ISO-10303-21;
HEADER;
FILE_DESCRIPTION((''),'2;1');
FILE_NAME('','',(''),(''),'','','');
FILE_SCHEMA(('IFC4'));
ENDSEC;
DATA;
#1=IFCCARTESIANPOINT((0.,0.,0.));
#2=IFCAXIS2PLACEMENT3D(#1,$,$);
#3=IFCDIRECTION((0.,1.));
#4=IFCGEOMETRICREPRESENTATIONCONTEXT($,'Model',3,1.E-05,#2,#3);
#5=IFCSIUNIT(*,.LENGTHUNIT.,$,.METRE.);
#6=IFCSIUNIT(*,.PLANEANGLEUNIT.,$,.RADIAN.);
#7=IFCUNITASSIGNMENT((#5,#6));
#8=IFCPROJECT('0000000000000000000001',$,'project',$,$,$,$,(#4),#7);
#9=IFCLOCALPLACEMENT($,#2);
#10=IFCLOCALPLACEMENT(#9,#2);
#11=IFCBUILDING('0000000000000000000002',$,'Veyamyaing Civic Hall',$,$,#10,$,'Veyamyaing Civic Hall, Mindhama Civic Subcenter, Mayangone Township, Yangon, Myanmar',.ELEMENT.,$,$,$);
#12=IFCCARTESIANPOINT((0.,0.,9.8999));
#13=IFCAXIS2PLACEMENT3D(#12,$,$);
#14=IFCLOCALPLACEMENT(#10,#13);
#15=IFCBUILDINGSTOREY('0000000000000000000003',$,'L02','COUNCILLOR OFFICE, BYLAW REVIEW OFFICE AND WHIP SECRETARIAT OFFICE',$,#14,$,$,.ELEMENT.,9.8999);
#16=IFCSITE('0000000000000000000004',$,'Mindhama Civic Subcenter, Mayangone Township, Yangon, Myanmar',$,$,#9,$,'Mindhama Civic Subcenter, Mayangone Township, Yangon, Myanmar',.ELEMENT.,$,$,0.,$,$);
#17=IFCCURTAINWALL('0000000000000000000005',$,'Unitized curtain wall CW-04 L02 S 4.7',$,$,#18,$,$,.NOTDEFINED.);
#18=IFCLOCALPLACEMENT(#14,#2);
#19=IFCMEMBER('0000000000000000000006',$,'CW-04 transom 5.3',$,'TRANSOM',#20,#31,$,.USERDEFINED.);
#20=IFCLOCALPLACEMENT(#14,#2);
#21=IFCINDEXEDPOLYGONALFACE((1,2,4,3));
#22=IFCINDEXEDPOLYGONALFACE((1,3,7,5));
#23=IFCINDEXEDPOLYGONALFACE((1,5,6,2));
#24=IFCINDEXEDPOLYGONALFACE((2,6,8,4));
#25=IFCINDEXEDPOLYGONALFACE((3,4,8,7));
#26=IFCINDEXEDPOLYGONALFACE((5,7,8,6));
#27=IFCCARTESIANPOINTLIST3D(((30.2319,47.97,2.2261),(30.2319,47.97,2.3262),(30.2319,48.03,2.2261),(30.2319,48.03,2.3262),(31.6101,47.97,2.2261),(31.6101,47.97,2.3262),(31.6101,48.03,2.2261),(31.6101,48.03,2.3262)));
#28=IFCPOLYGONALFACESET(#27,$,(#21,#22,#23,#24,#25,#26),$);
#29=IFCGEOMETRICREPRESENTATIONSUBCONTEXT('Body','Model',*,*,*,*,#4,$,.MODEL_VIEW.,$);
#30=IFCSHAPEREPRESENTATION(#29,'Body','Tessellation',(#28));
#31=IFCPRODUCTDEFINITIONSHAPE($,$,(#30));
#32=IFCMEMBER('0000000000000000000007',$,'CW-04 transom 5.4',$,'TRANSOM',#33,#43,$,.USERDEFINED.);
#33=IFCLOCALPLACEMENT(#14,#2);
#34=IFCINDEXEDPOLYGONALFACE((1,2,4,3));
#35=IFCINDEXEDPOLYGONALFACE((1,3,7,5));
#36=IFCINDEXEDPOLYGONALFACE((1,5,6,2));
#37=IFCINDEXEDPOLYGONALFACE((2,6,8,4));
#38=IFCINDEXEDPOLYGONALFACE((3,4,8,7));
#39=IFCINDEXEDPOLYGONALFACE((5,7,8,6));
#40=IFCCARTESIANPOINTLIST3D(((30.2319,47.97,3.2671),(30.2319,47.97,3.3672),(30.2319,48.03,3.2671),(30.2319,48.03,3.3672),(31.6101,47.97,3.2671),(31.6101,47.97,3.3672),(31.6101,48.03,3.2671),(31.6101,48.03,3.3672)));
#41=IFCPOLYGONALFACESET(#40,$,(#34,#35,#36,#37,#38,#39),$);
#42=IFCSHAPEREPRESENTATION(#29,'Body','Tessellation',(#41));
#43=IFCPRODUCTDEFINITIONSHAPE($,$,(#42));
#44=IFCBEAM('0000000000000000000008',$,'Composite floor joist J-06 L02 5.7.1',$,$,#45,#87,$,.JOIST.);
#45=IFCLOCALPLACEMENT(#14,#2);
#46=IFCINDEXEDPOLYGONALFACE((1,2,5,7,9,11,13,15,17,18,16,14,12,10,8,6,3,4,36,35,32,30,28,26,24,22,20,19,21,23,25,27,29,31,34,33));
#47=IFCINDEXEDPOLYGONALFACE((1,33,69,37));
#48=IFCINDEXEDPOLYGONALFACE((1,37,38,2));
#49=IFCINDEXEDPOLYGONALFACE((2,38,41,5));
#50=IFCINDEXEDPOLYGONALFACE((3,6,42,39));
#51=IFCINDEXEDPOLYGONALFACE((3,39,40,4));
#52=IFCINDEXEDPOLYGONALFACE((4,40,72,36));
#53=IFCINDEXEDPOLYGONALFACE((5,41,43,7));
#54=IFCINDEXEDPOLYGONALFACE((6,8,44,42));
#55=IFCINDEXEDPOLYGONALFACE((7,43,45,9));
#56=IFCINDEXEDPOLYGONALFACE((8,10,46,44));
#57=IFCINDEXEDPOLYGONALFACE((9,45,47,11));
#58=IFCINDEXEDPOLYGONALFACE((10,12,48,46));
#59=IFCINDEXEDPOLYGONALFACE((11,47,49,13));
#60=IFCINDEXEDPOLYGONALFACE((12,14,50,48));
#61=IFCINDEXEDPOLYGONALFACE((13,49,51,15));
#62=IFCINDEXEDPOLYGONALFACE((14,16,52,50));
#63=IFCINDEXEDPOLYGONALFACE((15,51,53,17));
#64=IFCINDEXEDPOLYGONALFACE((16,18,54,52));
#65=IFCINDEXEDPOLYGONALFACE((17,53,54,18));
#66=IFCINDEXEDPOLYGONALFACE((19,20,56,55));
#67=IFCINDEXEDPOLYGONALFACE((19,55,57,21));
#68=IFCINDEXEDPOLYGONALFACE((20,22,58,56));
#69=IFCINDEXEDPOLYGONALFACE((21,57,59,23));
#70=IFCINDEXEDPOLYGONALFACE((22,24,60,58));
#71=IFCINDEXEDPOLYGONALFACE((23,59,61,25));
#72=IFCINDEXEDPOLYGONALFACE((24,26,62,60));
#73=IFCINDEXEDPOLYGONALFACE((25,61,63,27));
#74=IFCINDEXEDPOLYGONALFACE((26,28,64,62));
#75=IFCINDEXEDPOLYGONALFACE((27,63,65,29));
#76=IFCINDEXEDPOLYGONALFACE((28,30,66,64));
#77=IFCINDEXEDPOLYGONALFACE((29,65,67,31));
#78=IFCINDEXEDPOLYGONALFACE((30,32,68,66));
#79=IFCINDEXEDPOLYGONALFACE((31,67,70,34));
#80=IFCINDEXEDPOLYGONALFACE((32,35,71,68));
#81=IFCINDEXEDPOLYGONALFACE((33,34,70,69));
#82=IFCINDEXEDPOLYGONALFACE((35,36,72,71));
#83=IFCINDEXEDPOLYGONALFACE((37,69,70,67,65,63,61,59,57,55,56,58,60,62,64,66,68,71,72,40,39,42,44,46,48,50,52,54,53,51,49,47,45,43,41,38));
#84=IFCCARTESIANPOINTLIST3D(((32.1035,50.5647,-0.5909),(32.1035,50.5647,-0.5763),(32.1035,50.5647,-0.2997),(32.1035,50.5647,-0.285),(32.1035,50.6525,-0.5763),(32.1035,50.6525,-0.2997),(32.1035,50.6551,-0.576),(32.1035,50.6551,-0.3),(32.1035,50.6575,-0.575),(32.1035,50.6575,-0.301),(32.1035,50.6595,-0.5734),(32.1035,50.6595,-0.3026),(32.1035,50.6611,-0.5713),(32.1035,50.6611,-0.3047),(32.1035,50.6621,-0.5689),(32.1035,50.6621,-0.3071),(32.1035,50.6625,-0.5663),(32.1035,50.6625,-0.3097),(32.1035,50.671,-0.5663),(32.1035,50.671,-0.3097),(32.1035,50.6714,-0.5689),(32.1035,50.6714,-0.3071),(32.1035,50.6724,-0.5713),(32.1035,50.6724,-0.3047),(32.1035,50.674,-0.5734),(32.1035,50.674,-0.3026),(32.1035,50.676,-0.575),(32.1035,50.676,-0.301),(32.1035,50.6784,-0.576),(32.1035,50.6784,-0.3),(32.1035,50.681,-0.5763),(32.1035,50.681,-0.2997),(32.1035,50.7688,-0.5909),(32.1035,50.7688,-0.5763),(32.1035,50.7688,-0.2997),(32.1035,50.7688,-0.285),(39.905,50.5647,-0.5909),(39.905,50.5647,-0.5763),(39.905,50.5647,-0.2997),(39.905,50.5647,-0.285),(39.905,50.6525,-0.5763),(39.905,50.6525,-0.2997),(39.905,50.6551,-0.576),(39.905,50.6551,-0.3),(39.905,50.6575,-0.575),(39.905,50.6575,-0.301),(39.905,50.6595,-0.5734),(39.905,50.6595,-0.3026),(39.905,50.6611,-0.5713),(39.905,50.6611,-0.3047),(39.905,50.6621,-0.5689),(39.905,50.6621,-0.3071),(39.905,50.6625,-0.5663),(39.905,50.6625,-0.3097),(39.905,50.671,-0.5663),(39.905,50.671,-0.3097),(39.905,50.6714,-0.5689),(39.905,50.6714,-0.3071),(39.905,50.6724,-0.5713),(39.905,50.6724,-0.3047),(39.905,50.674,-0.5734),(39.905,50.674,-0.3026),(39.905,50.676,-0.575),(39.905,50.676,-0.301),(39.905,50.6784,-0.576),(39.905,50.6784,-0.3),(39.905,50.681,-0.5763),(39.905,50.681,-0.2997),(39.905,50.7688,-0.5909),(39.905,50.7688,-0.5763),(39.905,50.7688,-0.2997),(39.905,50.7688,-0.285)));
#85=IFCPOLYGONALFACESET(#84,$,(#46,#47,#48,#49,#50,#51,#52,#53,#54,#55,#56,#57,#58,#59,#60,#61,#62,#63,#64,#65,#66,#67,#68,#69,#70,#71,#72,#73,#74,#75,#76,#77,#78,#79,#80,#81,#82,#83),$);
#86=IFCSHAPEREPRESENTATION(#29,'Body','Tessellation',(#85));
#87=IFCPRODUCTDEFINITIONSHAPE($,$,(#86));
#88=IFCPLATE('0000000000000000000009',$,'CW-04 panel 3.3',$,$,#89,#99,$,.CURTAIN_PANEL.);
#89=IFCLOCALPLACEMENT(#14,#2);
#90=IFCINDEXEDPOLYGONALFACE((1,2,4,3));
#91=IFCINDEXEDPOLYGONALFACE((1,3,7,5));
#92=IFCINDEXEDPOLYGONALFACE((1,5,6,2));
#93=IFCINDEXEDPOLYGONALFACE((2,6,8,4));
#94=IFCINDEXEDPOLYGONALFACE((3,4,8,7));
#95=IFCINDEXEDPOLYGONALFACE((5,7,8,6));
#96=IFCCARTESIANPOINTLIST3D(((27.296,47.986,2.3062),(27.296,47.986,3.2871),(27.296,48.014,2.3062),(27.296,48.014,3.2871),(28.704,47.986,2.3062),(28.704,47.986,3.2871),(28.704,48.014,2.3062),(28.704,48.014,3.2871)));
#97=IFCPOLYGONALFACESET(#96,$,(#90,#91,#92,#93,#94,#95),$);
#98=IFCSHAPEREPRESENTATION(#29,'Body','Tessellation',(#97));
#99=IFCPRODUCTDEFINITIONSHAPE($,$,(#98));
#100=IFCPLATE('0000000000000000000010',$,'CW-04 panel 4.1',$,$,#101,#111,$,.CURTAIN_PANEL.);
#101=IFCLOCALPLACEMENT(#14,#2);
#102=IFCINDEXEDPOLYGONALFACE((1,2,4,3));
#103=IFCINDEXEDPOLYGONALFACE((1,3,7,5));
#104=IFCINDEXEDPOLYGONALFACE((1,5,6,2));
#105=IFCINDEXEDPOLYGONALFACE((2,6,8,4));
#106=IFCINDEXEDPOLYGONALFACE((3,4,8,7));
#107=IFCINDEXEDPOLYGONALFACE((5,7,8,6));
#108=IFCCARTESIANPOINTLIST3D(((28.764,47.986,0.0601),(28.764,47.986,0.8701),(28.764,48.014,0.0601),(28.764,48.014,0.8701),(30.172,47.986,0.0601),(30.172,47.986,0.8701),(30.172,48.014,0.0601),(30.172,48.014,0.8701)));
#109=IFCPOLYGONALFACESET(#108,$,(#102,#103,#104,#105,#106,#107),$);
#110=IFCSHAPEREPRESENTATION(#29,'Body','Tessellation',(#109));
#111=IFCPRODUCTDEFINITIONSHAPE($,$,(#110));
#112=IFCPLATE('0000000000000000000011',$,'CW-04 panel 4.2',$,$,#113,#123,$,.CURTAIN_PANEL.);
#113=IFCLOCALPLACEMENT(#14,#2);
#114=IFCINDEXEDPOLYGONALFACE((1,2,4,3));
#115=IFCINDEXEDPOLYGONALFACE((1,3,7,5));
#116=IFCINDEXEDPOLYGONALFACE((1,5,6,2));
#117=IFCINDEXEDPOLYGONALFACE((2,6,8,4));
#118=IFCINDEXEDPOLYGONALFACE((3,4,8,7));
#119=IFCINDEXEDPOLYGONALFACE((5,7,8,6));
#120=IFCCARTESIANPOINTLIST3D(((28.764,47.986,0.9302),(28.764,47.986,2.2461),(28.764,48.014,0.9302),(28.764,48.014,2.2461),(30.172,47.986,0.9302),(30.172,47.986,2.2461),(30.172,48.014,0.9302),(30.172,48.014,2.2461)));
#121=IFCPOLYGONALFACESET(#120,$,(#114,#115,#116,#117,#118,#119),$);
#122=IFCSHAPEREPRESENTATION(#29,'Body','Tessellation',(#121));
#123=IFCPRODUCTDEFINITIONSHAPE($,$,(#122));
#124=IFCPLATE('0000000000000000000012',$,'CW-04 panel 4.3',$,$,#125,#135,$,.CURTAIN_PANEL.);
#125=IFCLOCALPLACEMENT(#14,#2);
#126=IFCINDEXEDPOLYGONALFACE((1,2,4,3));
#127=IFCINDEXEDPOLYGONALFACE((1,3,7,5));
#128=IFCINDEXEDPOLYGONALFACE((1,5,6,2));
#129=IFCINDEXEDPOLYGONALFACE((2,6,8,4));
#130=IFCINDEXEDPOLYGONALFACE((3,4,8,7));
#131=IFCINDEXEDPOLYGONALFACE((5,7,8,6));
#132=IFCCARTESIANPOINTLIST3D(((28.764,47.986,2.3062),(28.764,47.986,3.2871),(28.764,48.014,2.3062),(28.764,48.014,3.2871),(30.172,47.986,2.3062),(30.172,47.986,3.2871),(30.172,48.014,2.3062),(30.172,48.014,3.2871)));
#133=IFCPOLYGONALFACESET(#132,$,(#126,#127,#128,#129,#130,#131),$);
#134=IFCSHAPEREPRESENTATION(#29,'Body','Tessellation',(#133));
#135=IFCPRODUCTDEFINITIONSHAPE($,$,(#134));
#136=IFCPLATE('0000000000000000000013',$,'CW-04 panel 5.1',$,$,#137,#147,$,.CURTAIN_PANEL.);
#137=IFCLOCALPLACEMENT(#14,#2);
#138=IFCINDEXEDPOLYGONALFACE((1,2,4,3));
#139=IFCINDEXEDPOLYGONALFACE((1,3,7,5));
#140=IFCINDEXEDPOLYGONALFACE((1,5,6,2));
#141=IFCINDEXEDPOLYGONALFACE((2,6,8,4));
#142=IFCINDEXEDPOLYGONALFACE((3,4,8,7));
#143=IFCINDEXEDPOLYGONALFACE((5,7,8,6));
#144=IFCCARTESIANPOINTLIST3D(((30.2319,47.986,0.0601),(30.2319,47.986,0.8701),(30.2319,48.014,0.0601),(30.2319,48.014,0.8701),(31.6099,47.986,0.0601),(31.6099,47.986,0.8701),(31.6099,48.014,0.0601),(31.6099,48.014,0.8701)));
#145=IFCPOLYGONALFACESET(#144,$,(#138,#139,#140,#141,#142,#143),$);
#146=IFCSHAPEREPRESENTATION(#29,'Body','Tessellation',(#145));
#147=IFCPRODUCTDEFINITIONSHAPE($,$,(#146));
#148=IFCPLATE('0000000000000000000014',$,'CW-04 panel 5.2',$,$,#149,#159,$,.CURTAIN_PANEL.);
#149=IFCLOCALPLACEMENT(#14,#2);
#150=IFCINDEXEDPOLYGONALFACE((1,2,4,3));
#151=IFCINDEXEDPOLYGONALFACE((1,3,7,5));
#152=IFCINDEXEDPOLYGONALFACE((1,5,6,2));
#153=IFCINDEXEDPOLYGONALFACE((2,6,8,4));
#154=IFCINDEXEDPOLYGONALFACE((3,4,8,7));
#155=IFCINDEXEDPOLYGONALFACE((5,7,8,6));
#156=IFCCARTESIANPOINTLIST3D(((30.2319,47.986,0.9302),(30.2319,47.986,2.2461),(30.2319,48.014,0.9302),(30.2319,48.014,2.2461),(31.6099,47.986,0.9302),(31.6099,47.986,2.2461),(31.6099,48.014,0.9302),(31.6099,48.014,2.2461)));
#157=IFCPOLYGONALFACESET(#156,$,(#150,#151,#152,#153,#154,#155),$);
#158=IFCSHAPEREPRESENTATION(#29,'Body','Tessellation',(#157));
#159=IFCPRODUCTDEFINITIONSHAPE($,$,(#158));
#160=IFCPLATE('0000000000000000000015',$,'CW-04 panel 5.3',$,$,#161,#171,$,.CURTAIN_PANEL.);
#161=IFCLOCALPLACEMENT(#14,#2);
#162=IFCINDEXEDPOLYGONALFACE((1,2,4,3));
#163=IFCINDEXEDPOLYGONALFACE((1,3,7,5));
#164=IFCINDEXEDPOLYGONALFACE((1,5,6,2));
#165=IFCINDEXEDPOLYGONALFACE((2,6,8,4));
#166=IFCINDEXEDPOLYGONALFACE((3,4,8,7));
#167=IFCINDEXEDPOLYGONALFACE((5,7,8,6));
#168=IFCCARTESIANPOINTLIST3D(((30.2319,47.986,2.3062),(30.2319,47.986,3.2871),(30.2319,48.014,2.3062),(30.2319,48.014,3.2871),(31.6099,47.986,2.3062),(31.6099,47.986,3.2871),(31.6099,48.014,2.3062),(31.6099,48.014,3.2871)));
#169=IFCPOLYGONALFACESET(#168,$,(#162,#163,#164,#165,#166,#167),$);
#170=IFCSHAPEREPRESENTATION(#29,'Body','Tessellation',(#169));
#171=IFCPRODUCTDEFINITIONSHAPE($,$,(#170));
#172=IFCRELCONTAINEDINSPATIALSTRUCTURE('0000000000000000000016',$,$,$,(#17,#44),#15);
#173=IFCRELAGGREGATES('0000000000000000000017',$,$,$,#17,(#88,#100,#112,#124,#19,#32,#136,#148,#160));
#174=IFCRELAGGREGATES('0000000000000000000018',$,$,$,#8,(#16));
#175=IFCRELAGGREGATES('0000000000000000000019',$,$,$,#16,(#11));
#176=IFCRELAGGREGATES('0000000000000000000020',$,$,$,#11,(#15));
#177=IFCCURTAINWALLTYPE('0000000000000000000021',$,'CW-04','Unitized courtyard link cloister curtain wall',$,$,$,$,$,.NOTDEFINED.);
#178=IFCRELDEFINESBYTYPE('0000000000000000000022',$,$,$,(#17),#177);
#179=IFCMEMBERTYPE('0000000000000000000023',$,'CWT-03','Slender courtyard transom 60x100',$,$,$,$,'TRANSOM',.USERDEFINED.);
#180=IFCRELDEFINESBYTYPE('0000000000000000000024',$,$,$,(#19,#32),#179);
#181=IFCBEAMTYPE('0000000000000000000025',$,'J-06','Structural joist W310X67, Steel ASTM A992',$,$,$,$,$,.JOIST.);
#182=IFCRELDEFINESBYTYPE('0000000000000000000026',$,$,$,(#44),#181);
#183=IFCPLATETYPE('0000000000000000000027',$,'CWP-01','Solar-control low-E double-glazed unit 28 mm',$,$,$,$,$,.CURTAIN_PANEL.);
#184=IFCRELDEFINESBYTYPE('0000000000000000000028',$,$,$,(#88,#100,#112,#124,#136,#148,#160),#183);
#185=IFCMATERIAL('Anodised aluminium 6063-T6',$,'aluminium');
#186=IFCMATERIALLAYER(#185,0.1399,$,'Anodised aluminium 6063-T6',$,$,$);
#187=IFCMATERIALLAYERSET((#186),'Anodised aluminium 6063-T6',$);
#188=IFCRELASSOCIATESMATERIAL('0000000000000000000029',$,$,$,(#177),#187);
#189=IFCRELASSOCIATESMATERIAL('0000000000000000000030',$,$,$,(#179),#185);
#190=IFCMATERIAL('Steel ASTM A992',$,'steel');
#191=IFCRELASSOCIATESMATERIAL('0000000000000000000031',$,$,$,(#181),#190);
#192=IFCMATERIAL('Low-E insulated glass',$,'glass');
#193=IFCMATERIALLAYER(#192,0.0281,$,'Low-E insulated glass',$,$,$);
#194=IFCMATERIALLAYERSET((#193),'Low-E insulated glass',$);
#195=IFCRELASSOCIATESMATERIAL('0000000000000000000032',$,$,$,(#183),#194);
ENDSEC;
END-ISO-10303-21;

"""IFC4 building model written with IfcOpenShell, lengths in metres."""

from ifc_helpers import new_model, si_unit, direction, frame, origin, origin_2d, place, context, subcontext, project, spatial, rectangle, i_section, extrude, material, layer, layer_set, material_profile, profile_set, type_object, element, aggregate, save


model = new_model("IFC4")

# Units and contexts
model_context = context("Model", 3, precision=1e-05, world=origin(), true_north=direction((0.0, 1.0)))
body_context = subcontext(model_context, "Body", "Model", "MODEL_VIEW")
ifc_project = project(units=[si_unit("LENGTHUNIT", "METRE"), si_unit("PLANEANGLEUNIT", "RADIAN")], contexts=[model_context])

# Site, building, storey
site_placement = place(None, origin())
site = spatial("IfcSite", under=ifc_project, at=site_placement, Name="Mindhama Civic Subcenter, Mayangone Township, Yangon, Myanmar", LongName="Mindhama Civic Subcenter, Mayangone Township, Yangon, Myanmar", CompositionType="ELEMENT", RefElevation=0.0)
building_placement = place(site_placement, origin())
building = spatial("IfcBuilding", under=site, at=building_placement, Name="Veyamyaing Civic Hall", LongName="Veyamyaing Civic Hall, Mindhama Civic Subcenter, Mayangone Township, Yangon, Myanmar", CompositionType="ELEMENT")
storey_placement = place(building_placement, frame((0.0, 0.0, 9.8999)))
storey = spatial("IfcBuildingStorey", under=building, at=storey_placement, Name="L02", Description="COUNCILLOR OFFICE, BYLAW REVIEW OFFICE AND WHIP SECRETARIAT OFFICE", CompositionType="ELEMENT", Elevation=9.8999)

# Shared definitions
ifc_material_1 = material(Name="Steel ASTM A992", Category="steel")

# Curtain wall, members
ifc_material_2 = material(Name="Anodised aluminium 6063-T6", Category="aluminium")
ifc_layer_1 = layer(ifc_material_2, 0.1399, Name="Anodised aluminium 6063-T6")
ifc_layer_set_1 = layer_set([ifc_layer_1], Name="Anodised aluminium 6063-T6")
curtain_wall_type = type_object("IfcCurtainWallType", Name="CW-04", Description="Unitized courtyard link cloister curtain wall", PredefinedType="NOTDEFINED", material=ifc_layer_set_1)
curtain_wall_placement = place(storey_placement, origin())
curtain_wall = element("IfcCurtainWall", 1, at=curtain_wall_placement, inside=storey, type_object=curtain_wall_type, Name="Unitized curtain wall CW-04 L02 S 4.7", PredefinedType="NOTDEFINED")
ifc_material_profile_1 = material_profile(ifc_material_2, rectangle(XDim=0.0601, YDim=0.1001, at=origin_2d()), Name="ALU-TRN-60X100")
ifc_profile_set_1 = profile_set([ifc_material_profile_1], Name="Anodised aluminium 6063-T6")
member_type_1 = type_object("IfcMemberType", Name="CWT-03", Description="Slender courtyard transom 60x100", ElementType="TRANSOM", PredefinedType="USERDEFINED", material=ifc_profile_set_1)
member_1_placement = place(storey_placement, frame((30.2319, 48.0, 2.2761), z_axis=(1.0, 0.0, 0.0), x_axis=(0.0, 1.0, 0.0)))
member_1 = element("IfcMember", 2, at=member_1_placement, type_object=member_type_1, Name="CW-04 transom 5.3", ObjectType="TRANSOM", PredefinedType="USERDEFINED", context=body_context, shape_type="SweptSolid", body=[
    extrude(rectangle(XDim=0.0601, YDim=0.1001, at=origin_2d()), origin(), (0.0, 0.0, 1.0), 1.3782),
])
member_2_placement = place(storey_placement, frame((30.2319, 48.0, 3.3171), z_axis=(1.0, 0.0, 0.0), x_axis=(0.0, 1.0, 0.0)))
member_2 = element("IfcMember", 3, at=member_2_placement, type_object=member_type_1, Name="CW-04 transom 5.4", ObjectType="TRANSOM", PredefinedType="USERDEFINED", context=body_context, shape_type="SweptSolid", body=[
    extrude(rectangle(XDim=0.0601, YDim=0.1001, at=origin_2d()), origin(), (0.0, 0.0, 1.0), 1.3782),
])

# Beam
ifc_material_profile_2 = material_profile(ifc_material_1, i_section(OverallWidth=0.2041, OverallDepth=0.3059, WebThickness=0.0085, FlangeThickness=0.0146, FilletRadius=0.01, at=origin_2d()), Name="W310X67")
ifc_profile_set_2 = profile_set([ifc_material_profile_2], Name="Steel ASTM A992")
beam_type_1 = type_object("IfcBeamType", Name="J-06", Description="Structural joist W310X67, Steel ASTM A992", PredefinedType="JOIST", material=ifc_profile_set_2)
beam_1_placement = place(storey_placement, frame((32.1035, 50.6667, -0.438), z_axis=(1.0, 0.0, 0.0), x_axis=(0.0, 1.0, 0.0)))
element("IfcBeam", 4, at=beam_1_placement, inside=storey, type_object=beam_type_1, Name="Composite floor joist J-06 L02 5.7.1", PredefinedType="JOIST", context=body_context, shape_type="SweptSolid", body=[
    extrude(i_section(OverallWidth=0.2041, OverallDepth=0.3059, WebThickness=0.0085, FlangeThickness=0.0146, FilletRadius=0.01, at=origin_2d()), origin(), (0.0, 0.0, 1.0), 7.8015),
])

# Plates
ifc_material_3 = material(Name="Low-E insulated glass", Category="glass")
ifc_layer_2 = layer(ifc_material_3, 0.0281, Name="Low-E insulated glass")
ifc_layer_set_2 = layer_set([ifc_layer_2], Name="Low-E insulated glass")
plate_type = type_object("IfcPlateType", Name="CWP-01", Description="Solar-control low-E double-glazed unit 28 mm", PredefinedType="CURTAIN_PANEL", material=ifc_layer_set_2)
plate_1_placement = place(storey_placement, frame((28.0, 48.0, 2.3062), z_axis=(0.0, 0.0, 1.0), x_axis=(1.0, 0.0, 0.0)))
plate_1 = element("IfcPlate", 5, at=plate_1_placement, type_object=plate_type, Name="CW-04 panel 3.3", PredefinedType="CURTAIN_PANEL", context=body_context, shape_type="SweptSolid", body=[
    extrude(rectangle(XDim=1.408, YDim=0.0281, at=origin_2d()), origin(), (0.0, 0.0, 1.0), 0.981),
])
plate_2_placement = place(storey_placement, frame((29.468, 48.0, 0.0601), z_axis=(0.0, 0.0, 1.0), x_axis=(1.0, 0.0, 0.0)))
plate_2 = element("IfcPlate", 6, at=plate_2_placement, type_object=plate_type, Name="CW-04 panel 4.1", PredefinedType="CURTAIN_PANEL", context=body_context, shape_type="SweptSolid", body=[
    extrude(rectangle(XDim=1.408, YDim=0.0281, at=origin_2d()), origin(), (0.0, 0.0, 1.0), 0.8101),
])
plate_3_placement = place(storey_placement, frame((29.468, 48.0, 0.9302), z_axis=(0.0, 0.0, 1.0), x_axis=(1.0, 0.0, 0.0)))
plate_3 = element("IfcPlate", 7, at=plate_3_placement, type_object=plate_type, Name="CW-04 panel 4.2", PredefinedType="CURTAIN_PANEL", context=body_context, shape_type="SweptSolid", body=[
    extrude(rectangle(XDim=1.408, YDim=0.0281, at=origin_2d()), origin(), (0.0, 0.0, 1.0), 1.3159),
])
plate_4_placement = place(storey_placement, frame((29.468, 48.0, 2.3062), z_axis=(0.0, 0.0, 1.0), x_axis=(1.0, 0.0, 0.0)))
plate_4 = element("IfcPlate", 8, at=plate_4_placement, type_object=plate_type, Name="CW-04 panel 4.3", PredefinedType="CURTAIN_PANEL", context=body_context, shape_type="SweptSolid", body=[
    extrude(rectangle(XDim=1.408, YDim=0.0281, at=origin_2d()), origin(), (0.0, 0.0, 1.0), 0.981),
])
plate_5_placement = place(storey_placement, frame((30.9209, 48.0, 0.0601), z_axis=(0.0, 0.0, 1.0), x_axis=(1.0, 0.0, 0.0)))
plate_5 = element("IfcPlate", 9, at=plate_5_placement, type_object=plate_type, Name="CW-04 panel 5.1", PredefinedType="CURTAIN_PANEL", context=body_context, shape_type="SweptSolid", body=[
    extrude(rectangle(XDim=1.3779, YDim=0.0281, at=origin_2d()), origin(), (0.0, 0.0, 1.0), 0.8101),
])
plate_6_placement = place(storey_placement, frame((30.9209, 48.0, 0.9302), z_axis=(0.0, 0.0, 1.0), x_axis=(1.0, 0.0, 0.0)))
plate_6 = element("IfcPlate", 10, at=plate_6_placement, type_object=plate_type, Name="CW-04 panel 5.2", PredefinedType="CURTAIN_PANEL", context=body_context, shape_type="SweptSolid", body=[
    extrude(rectangle(XDim=1.3779, YDim=0.0281, at=origin_2d()), origin(), (0.0, 0.0, 1.0), 1.3159),
])
plate_7_placement = place(storey_placement, frame((30.9209, 48.0, 2.3062), z_axis=(0.0, 0.0, 1.0), x_axis=(1.0, 0.0, 0.0)))
plate_7 = element("IfcPlate", 11, at=plate_7_placement, type_object=plate_type, Name="CW-04 panel 5.3", PredefinedType="CURTAIN_PANEL", context=body_context, shape_type="SweptSolid", body=[
    extrude(rectangle(XDim=1.3779, YDim=0.0281, at=origin_2d()), origin(), (0.0, 0.0, 1.0), 0.981),
])
aggregate(curtain_wall, [plate_1, plate_2, plate_3, plate_4, member_1, member_2, plate_5, plate_6, plate_7])

save(model, "model.ifc")
